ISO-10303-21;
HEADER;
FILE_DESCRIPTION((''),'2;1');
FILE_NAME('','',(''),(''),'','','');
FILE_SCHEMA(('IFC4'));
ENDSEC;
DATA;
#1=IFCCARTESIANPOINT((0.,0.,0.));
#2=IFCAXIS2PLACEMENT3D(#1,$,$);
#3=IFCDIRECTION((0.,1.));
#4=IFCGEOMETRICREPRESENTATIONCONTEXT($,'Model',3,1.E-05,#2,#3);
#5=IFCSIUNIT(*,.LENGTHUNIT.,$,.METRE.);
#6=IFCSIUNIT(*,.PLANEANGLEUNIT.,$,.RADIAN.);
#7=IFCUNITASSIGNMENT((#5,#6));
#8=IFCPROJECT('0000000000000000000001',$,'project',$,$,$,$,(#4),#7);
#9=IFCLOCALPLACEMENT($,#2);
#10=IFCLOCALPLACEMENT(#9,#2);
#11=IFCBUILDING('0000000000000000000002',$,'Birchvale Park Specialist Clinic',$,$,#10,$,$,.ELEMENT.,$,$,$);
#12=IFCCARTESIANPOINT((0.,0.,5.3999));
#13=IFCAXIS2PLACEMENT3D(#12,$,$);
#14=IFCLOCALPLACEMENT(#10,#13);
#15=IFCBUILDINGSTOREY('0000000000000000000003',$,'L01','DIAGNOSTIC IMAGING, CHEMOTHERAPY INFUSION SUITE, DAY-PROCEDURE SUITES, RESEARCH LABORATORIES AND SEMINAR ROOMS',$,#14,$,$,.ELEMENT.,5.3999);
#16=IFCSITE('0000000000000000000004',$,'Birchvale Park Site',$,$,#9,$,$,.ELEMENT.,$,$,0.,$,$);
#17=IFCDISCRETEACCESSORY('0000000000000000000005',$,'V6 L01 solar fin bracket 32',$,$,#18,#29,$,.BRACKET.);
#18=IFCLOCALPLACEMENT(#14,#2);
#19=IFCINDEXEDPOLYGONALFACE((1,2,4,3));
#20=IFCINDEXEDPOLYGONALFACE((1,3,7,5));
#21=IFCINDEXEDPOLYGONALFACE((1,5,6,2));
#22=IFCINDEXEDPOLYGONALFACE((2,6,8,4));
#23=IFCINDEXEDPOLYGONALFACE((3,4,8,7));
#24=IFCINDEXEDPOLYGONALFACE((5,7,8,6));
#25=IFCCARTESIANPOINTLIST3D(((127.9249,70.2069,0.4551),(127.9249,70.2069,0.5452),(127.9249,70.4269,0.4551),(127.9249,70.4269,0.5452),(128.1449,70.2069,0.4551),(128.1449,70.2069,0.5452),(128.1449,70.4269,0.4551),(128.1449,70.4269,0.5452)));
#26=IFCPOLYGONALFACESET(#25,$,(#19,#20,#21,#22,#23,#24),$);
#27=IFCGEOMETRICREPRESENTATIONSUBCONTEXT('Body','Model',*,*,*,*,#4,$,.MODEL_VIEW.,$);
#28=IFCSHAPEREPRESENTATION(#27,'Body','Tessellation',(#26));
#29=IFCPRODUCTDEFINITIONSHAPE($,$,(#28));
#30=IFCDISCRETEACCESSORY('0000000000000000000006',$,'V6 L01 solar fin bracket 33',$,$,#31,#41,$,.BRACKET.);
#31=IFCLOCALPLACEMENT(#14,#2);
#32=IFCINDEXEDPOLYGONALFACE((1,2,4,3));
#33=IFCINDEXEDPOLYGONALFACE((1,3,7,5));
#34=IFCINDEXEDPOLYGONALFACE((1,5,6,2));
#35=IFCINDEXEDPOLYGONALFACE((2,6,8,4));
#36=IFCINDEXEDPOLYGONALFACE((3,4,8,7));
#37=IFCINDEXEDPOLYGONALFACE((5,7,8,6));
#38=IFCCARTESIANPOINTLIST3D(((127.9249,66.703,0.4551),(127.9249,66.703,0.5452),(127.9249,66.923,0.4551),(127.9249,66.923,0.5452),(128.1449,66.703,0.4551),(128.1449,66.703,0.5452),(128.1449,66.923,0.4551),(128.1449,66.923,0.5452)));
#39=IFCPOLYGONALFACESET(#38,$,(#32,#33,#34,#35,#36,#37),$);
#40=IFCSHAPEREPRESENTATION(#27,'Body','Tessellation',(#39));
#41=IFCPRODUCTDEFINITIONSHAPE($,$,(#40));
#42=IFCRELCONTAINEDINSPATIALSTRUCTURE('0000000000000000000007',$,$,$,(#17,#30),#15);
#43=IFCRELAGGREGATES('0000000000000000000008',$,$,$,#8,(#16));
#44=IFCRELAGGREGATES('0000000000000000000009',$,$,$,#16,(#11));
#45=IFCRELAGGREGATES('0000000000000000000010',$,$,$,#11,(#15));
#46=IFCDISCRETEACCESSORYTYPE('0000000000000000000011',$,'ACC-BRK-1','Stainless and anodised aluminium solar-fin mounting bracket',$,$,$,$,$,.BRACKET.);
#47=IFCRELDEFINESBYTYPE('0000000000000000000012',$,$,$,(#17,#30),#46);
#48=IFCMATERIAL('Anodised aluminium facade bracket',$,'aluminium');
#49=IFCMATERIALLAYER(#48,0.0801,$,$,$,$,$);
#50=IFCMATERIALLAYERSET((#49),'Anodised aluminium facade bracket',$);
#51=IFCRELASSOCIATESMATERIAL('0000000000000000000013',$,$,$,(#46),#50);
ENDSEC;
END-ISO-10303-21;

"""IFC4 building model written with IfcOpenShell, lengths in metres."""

from ifc_helpers import new_model, si_unit, direction, frame, origin, origin_2d, place, context, subcontext, project, spatial, rectangle, extrude, material, layer, layer_set, type_object, element, save


model = new_model("IFC4")

# Units and contexts
model_context = context("Model", 3, precision=1e-05, world=origin(), true_north=direction((0.0, 1.0)))
body_context = subcontext(model_context, "Body", "Model", "MODEL_VIEW")
ifc_project = project(units=[si_unit("LENGTHUNIT", "METRE"), si_unit("PLANEANGLEUNIT", "RADIAN")], contexts=[model_context])

# Site, building, storey
site_placement = place(None, origin())
site = spatial("IfcSite", under=ifc_project, at=site_placement, Name="Birchvale Park Site", CompositionType="ELEMENT", RefElevation=0.0)
building_placement = place(site_placement, origin())
building = spatial("IfcBuilding", under=site, at=building_placement, Name="Birchvale Park Specialist Clinic", CompositionType="ELEMENT")
storey_placement = place(building_placement, frame((0.0, 0.0, 5.3999)))
storey = spatial("IfcBuildingStorey", under=building, at=storey_placement, Name="L01", Description="DIAGNOSTIC IMAGING, CHEMOTHERAPY INFUSION SUITE, DAY-PROCEDURE SUITES, RESEARCH LABORATORIES AND SEMINAR ROOMS", CompositionType="ELEMENT", Elevation=5.3999)

# Discrete accessories
ifc_material_1 = material(Name="Anodised aluminium facade bracket", Category="aluminium")
ifc_layer_1 = layer(ifc_material_1, 0.0801)
ifc_layer_set_1 = layer_set([ifc_layer_1], Name="Anodised aluminium facade bracket")
discrete_accessory_type = type_object("IfcDiscreteAccessoryType", Name="ACC-BRK-1", Description="Stainless and anodised aluminium solar-fin mounting bracket", PredefinedType="BRACKET", material=ifc_layer_set_1)
for number, where, z_axis, x_axis, name in (
    (1, (128.0349, 70.3169, 0.4551), (0.0, 0.0, 1.0), (1.0, 0.0, 0.0), "V6 L01 solar fin bracket 32"),
    (2, (128.0349, 66.813, 0.4551), (0.0, 0.0, 1.0), (1.0, 0.0, 0.0), "V6 L01 solar fin bracket 33"),
):
    element("IfcDiscreteAccessory", number, at=place(storey_placement, frame(where, z_axis=z_axis, x_axis=x_axis)), inside=storey, type_object=discrete_accessory_type, Name=name, PredefinedType="BRACKET", context=body_context, shape_type="SweptSolid", body=[
        extrude(rectangle(XDim=0.22, YDim=0.22, at=origin_2d()), origin(), (0.0, 0.0, 1.0), 0.0901),
    ])

save(model, "model.ifc")
